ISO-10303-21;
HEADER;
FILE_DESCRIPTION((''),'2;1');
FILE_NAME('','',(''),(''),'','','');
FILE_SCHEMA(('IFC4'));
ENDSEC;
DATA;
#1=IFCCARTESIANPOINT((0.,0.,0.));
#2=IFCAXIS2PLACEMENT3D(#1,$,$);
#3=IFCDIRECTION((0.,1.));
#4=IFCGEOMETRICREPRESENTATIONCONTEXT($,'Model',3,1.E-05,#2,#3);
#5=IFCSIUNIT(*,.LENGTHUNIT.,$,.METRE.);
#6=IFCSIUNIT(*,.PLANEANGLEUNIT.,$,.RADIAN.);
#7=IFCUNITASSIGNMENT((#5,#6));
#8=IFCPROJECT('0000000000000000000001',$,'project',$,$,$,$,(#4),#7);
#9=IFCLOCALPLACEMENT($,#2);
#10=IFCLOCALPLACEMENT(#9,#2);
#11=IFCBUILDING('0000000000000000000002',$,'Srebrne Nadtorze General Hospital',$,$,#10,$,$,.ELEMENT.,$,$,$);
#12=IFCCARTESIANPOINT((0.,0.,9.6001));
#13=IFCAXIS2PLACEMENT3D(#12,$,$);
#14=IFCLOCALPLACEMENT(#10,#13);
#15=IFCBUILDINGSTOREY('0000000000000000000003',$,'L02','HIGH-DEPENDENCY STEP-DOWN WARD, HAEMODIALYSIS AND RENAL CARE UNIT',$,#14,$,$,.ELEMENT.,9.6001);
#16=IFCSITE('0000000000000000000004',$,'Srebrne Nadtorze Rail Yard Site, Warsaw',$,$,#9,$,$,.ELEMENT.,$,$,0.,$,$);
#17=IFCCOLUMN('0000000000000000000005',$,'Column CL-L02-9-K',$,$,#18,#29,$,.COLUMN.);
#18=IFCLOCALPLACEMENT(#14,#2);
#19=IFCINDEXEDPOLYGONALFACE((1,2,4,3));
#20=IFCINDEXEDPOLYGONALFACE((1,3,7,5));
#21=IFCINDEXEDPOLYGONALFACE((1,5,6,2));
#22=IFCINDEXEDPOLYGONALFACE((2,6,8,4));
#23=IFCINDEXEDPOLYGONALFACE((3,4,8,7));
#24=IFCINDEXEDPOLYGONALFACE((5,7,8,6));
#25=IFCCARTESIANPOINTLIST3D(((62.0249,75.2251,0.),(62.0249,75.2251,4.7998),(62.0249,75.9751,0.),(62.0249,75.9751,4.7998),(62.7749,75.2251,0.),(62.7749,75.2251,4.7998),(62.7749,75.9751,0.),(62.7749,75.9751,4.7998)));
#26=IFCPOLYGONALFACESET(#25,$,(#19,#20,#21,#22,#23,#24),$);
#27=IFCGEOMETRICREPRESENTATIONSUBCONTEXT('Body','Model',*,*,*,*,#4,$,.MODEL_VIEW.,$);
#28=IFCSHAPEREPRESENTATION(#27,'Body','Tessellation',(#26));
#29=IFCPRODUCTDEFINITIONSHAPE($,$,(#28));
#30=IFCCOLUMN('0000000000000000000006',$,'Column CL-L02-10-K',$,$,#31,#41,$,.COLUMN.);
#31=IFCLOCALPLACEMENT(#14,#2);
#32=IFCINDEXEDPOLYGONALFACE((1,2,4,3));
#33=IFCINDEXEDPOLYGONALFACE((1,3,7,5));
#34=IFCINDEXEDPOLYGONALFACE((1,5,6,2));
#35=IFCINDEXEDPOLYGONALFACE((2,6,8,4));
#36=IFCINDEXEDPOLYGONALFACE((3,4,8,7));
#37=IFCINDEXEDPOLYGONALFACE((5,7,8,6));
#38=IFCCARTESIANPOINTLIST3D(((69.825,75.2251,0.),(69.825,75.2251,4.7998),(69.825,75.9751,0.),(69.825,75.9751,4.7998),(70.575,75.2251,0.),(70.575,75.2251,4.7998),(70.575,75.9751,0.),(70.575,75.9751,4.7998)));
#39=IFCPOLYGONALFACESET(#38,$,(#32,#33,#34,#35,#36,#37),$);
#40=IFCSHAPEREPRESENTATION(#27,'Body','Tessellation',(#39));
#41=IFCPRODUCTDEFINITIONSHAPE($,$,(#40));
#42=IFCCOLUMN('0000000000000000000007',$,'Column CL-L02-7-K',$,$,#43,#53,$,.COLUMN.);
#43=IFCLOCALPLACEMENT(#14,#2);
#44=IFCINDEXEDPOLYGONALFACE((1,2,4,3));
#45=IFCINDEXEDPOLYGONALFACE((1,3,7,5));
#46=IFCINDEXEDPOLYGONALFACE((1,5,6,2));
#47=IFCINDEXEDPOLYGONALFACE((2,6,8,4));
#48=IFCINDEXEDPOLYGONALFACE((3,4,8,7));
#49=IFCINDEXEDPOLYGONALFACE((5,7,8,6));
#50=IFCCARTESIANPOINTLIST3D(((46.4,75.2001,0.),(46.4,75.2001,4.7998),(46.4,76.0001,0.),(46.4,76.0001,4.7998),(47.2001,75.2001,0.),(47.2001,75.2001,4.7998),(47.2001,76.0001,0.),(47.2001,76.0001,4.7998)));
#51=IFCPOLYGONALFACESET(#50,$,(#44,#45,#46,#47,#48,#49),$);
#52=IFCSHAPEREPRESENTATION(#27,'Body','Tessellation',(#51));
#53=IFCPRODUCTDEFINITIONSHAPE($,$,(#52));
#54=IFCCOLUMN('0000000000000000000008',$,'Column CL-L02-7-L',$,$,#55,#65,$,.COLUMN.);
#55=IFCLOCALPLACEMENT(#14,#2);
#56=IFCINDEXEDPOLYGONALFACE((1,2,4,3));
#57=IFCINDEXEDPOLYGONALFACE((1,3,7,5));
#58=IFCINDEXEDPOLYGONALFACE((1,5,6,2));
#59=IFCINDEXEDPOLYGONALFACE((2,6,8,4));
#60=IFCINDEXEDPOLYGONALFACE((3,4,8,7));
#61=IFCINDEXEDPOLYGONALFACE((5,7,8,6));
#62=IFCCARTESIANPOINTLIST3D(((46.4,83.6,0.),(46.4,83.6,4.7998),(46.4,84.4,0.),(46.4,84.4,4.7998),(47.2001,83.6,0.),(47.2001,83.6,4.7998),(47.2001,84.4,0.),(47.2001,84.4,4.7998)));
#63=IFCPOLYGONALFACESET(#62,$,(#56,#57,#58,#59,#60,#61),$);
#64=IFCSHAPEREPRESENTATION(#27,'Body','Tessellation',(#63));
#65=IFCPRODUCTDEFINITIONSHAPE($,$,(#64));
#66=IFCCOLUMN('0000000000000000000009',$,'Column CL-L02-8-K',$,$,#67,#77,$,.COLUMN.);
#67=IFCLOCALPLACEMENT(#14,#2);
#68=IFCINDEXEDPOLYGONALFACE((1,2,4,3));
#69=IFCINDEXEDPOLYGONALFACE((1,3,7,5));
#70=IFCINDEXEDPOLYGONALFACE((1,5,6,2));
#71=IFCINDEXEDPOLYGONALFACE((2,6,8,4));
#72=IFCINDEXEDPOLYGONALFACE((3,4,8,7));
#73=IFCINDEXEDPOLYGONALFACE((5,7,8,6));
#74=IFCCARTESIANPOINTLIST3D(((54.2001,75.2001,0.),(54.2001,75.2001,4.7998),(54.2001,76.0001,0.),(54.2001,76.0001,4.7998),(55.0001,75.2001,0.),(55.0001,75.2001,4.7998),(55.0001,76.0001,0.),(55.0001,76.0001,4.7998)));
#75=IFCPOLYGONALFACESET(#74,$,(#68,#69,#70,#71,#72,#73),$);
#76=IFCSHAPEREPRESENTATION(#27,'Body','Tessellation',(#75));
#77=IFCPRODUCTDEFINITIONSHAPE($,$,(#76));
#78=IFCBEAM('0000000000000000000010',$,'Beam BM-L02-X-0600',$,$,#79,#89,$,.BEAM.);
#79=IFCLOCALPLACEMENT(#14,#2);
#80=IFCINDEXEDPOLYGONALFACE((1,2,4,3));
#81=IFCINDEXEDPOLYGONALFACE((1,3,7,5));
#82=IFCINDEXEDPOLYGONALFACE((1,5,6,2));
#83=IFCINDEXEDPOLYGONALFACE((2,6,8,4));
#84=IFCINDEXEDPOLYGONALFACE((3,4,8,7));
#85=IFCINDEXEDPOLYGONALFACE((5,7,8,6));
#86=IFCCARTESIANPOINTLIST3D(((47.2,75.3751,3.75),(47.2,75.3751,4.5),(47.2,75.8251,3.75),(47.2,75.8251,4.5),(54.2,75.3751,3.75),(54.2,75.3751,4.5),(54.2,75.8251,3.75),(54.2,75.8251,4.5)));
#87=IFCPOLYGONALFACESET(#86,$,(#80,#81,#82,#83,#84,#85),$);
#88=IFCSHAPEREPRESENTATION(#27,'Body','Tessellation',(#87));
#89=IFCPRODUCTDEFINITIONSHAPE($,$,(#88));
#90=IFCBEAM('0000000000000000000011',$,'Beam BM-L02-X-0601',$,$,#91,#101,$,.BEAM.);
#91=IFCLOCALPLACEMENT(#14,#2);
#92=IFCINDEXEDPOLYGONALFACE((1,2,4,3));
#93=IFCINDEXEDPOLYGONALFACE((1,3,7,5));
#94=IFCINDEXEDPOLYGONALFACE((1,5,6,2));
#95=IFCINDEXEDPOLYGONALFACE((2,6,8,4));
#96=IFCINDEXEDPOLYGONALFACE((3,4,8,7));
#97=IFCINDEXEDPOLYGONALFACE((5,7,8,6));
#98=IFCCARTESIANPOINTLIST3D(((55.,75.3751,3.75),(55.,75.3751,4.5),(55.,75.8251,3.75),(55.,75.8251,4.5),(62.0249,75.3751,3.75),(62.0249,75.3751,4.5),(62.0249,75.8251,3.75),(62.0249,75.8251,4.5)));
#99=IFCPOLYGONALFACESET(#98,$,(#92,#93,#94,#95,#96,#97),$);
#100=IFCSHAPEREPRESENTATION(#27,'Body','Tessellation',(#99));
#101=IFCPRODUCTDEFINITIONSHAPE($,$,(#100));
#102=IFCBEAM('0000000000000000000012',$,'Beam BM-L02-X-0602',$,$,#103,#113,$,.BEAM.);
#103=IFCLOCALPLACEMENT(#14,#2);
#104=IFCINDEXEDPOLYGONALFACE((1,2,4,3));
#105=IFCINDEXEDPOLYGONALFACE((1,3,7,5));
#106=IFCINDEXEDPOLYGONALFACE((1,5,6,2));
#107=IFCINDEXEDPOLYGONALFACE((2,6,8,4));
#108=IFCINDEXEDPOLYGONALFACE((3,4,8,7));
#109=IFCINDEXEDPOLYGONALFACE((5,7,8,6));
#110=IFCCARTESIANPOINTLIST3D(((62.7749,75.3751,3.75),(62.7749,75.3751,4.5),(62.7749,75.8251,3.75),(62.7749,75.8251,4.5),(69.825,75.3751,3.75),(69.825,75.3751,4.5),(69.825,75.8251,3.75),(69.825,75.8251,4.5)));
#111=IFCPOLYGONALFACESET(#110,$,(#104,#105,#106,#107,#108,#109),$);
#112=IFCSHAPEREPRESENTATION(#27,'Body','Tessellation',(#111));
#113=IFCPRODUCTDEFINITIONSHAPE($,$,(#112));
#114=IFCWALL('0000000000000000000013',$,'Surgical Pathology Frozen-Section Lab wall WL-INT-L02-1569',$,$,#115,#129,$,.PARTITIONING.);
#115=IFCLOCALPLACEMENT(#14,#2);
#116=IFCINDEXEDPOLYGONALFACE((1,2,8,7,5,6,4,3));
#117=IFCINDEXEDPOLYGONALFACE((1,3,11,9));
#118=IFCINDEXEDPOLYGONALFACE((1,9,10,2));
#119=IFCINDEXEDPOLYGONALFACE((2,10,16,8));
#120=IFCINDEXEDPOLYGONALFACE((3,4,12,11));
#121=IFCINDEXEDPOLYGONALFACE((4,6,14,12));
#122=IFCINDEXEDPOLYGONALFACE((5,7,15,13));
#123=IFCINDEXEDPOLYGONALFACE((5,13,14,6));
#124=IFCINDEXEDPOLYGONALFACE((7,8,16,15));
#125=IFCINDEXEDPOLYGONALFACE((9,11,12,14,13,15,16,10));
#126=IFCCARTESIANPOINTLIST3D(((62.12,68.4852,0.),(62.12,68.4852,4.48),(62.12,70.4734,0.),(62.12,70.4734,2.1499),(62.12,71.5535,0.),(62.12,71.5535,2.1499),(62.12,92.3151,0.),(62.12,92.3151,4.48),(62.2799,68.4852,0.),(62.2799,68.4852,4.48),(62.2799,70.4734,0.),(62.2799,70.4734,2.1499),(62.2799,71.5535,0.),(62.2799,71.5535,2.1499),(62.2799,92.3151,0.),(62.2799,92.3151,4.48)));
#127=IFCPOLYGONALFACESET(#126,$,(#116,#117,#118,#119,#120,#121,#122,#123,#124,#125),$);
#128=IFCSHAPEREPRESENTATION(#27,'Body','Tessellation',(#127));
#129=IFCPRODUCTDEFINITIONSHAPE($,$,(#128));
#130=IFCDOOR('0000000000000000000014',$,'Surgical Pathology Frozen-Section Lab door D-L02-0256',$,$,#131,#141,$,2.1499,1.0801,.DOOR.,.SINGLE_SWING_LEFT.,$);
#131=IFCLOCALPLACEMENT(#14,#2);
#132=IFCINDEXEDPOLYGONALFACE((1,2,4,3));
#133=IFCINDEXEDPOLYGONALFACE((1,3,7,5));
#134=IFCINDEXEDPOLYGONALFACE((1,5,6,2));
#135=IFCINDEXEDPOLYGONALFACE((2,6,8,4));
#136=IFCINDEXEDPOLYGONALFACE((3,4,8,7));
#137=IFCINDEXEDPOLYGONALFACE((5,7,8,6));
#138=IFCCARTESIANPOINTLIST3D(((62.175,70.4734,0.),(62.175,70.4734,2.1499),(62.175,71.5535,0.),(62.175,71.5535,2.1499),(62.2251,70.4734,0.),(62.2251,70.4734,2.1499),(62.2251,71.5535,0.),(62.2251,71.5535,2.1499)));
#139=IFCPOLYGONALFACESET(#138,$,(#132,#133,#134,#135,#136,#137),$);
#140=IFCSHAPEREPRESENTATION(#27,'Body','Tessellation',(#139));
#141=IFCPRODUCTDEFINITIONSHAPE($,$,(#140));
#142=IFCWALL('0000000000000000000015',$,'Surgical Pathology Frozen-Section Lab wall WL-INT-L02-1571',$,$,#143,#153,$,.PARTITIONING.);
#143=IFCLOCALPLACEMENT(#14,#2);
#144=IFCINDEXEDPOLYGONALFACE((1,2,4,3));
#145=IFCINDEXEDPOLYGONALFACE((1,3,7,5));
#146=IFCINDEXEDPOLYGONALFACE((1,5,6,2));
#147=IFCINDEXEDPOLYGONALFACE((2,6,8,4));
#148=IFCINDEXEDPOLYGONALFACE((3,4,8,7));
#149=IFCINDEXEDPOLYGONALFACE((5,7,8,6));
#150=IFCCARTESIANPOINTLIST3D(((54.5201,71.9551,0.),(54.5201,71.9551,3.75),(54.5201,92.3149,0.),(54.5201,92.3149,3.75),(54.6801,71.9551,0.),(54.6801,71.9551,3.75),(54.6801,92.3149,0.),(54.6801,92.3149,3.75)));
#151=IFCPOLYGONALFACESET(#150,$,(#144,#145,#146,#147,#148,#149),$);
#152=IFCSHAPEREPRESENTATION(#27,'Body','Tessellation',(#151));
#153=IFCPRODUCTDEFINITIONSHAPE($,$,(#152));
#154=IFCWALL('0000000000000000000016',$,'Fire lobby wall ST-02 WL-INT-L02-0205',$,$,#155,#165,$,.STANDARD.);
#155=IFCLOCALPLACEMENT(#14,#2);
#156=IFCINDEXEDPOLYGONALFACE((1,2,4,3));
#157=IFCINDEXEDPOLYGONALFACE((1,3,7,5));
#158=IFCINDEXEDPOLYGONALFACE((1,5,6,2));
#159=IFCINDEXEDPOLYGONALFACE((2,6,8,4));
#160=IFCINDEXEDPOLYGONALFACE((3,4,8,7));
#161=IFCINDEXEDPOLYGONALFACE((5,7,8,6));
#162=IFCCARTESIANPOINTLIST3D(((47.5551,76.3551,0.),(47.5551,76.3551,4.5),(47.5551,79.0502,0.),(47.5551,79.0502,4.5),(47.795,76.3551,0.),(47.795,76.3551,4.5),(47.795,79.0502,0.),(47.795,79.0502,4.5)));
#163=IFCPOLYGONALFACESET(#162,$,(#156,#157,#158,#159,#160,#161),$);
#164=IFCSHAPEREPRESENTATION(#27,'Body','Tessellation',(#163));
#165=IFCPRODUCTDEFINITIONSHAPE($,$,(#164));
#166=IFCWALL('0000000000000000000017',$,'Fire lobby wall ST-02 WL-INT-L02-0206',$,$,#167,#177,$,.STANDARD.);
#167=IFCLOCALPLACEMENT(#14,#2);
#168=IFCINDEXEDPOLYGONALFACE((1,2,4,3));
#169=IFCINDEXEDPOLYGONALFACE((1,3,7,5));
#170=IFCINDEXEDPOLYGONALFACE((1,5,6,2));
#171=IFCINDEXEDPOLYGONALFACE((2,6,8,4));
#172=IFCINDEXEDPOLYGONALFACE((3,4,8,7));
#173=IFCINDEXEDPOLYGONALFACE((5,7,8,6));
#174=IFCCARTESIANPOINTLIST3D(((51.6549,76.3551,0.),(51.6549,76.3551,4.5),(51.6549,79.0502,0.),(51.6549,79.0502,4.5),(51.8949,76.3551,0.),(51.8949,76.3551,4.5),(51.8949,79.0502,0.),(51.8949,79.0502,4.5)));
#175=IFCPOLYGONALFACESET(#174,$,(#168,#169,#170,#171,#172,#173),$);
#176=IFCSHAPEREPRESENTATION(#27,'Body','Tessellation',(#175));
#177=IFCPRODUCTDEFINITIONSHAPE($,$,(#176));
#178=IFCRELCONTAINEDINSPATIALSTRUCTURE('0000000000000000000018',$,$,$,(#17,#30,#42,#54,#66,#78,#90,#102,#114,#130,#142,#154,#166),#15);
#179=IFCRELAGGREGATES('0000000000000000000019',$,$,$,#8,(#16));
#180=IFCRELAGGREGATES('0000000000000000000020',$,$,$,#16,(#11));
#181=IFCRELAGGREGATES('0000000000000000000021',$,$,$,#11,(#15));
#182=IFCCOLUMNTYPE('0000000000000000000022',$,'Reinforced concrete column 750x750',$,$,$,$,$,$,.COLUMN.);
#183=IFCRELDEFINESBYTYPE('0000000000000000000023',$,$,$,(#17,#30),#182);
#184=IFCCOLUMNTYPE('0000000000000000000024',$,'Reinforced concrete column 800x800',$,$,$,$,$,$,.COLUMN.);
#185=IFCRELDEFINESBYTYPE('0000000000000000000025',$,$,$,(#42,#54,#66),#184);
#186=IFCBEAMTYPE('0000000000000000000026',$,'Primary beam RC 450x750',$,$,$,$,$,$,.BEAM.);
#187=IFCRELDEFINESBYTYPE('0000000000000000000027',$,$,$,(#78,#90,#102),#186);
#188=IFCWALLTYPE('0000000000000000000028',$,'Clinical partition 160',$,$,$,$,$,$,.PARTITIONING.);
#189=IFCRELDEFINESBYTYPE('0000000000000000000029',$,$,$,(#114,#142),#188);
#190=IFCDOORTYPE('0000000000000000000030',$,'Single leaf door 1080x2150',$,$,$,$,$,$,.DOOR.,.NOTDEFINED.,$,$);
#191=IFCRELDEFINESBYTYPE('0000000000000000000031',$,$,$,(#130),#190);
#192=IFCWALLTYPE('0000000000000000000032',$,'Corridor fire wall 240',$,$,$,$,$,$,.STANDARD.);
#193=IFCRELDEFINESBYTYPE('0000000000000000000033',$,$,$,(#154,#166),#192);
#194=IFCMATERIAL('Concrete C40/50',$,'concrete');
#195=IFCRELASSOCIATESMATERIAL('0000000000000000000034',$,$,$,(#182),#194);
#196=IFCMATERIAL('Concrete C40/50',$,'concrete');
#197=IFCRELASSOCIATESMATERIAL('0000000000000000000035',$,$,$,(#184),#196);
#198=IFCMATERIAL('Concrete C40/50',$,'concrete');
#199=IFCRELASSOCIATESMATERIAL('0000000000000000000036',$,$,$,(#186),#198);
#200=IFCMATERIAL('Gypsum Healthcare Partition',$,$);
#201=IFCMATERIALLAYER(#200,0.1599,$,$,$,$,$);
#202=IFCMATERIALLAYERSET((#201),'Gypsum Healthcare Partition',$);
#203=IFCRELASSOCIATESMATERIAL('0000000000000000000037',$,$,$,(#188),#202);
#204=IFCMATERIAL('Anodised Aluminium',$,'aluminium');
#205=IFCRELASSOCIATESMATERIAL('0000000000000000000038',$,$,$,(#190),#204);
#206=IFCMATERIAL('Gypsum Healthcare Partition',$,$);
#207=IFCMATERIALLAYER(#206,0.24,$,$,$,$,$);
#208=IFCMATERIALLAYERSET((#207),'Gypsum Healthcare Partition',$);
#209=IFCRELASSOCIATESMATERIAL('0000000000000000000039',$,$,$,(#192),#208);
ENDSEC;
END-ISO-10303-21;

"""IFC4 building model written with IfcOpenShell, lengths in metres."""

from ifc_helpers import new_model, si_unit, direction, frame, frame_2d, origin, origin_2d, place, context, subcontext, project, spatial, rectangle, extrude, material, layer, layer_set, material_profile, profile_set, type_object, element, fill, save


model = new_model("IFC4")

# Units and contexts
model_context = context("Model", 3, precision=1e-05, world=origin(), true_north=direction((0.0, 1.0)))
body_context = subcontext(model_context, "Body", "Model", "MODEL_VIEW")
ifc_project = project(units=[si_unit("LENGTHUNIT", "METRE"), si_unit("PLANEANGLEUNIT", "RADIAN")], contexts=[model_context])

# Site, building, storey
site_placement = place(None, origin())
site = spatial("IfcSite", under=ifc_project, at=site_placement, Name="Srebrne Nadtorze Rail Yard Site, Warsaw", CompositionType="ELEMENT", RefElevation=0.0)
building_placement = place(site_placement, origin())
building = spatial("IfcBuilding", under=site, at=building_placement, Name="Srebrne Nadtorze General Hospital", CompositionType="ELEMENT")
storey_placement = place(building_placement, frame((0.0, 0.0, 9.6001)))
storey = spatial("IfcBuildingStorey", under=building, at=storey_placement, Name="L02", Description="HIGH-DEPENDENCY STEP-DOWN WARD, HAEMODIALYSIS AND RENAL CARE UNIT", CompositionType="ELEMENT", Elevation=9.6001)

# Columns
ifc_material_1 = material(Name="Concrete C40/50", Category="concrete")
ifc_material_profile_1 = material_profile(ifc_material_1, rectangle(XDim=0.75, YDim=0.75, at=origin_2d()), Name="RC-COL-750x750")
ifc_profile_set_1 = profile_set([ifc_material_profile_1], Name="Concrete C40/50")
column_type_1 = type_object("IfcColumnType", Name="Reinforced concrete column 750x750", PredefinedType="COLUMN", material=ifc_profile_set_1)
for number, where, z_axis, x_axis, name in (
    (1, (62.3999, 75.6001, 0.0), (0.0, 0.0, 1.0), (1.0, 0.0, 0.0), "Column CL-L02-9-K"),
    (2, (70.2, 75.6001, 0.0), (0.0, 0.0, 1.0), (1.0, 0.0, 0.0), "Column CL-L02-10-K"),
):
    element("IfcColumn", number, at=place(storey_placement, frame(where, z_axis=z_axis, x_axis=x_axis)), inside=storey, type_object=column_type_1, Name=name, PredefinedType="COLUMN", context=body_context, shape_type="SweptSolid", body=[
        extrude(rectangle(XDim=0.75, YDim=0.75, at=origin_2d()), origin(), (0.0, 0.0, 1.0), 4.7998),
    ])
ifc_material_2 = material(Name="Concrete C40/50", Category="concrete")
ifc_material_profile_2 = material_profile(ifc_material_2, rectangle(XDim=0.8, YDim=0.8, at=origin_2d()), Name="RC-COL-800x800")
ifc_profile_set_2 = profile_set([ifc_material_profile_2], Name="Concrete C40/50")
column_type_2 = type_object("IfcColumnType", Name="Reinforced concrete column 800x800", PredefinedType="COLUMN", material=ifc_profile_set_2)
for number, where, z_axis, x_axis, name in (
    (3, (46.8, 75.6001, 0.0), (0.0, 0.0, 1.0), (1.0, 0.0, 0.0), "Column CL-L02-7-K"),
    (4, (46.8, 84.0, 0.0), (0.0, 0.0, 1.0), (1.0, 0.0, 0.0), "Column CL-L02-7-L"),
    (5, (54.6001, 75.6001, 0.0), (0.0, 0.0, 1.0), (1.0, 0.0, 0.0), "Column CL-L02-8-K"),
):
    element("IfcColumn", number, at=place(storey_placement, frame(where, z_axis=z_axis, x_axis=x_axis)), inside=storey, type_object=column_type_2, Name=name, PredefinedType="COLUMN", context=body_context, shape_type="SweptSolid", body=[
        extrude(rectangle(XDim=0.8, YDim=0.8, at=origin_2d()), origin(), (0.0, 0.0, 1.0), 4.7998),
    ])

# Beams
ifc_material_3 = material(Name="Concrete C40/50", Category="concrete")
ifc_material_profile_3 = material_profile(ifc_material_3, rectangle(XDim=0.45, YDim=0.75, at=origin_2d()), Name="RC-BM-450x750")
ifc_profile_set_3 = profile_set([ifc_material_profile_3], Name="Concrete C40/50")
beam_type = type_object("IfcBeamType", Name="Primary beam RC 450x750", PredefinedType="BEAM", material=ifc_profile_set_3)
beam_1_placement = place(storey_placement, frame((47.2, 75.6001, 4.125), z_axis=(1.0, 0.0, 0.0), x_axis=(0.0, 1.0, 0.0)))
element("IfcBeam", 6, at=beam_1_placement, inside=storey, type_object=beam_type, Name="Beam BM-L02-X-0600", PredefinedType="BEAM", context=body_context, shape_type="SweptSolid", body=[
    extrude(rectangle(XDim=0.45, YDim=0.75, at=origin_2d()), origin(), (0.0, 0.0, 1.0), 7.0),
])
beam_2_placement = place(storey_placement, frame((55.0, 75.6001, 4.125), z_axis=(1.0, 0.0, 0.0), x_axis=(0.0, 1.0, 0.0)))
element("IfcBeam", 7, at=beam_2_placement, inside=storey, type_object=beam_type, Name="Beam BM-L02-X-0601", PredefinedType="BEAM", context=body_context, shape_type="SweptSolid", body=[
    extrude(rectangle(XDim=0.45, YDim=0.75, at=origin_2d()), origin(), (0.0, 0.0, 1.0), 7.0249),
])
beam_3_placement = place(storey_placement, frame((62.7749, 75.6001, 4.125), z_axis=(1.0, 0.0, 0.0), x_axis=(0.0, 1.0, 0.0)))
element("IfcBeam", 8, at=beam_3_placement, inside=storey, type_object=beam_type, Name="Beam BM-L02-X-0602", PredefinedType="BEAM", context=body_context, shape_type="SweptSolid", body=[
    extrude(rectangle(XDim=0.45, YDim=0.75, at=origin_2d()), origin(), (0.0, 0.0, 1.0), 7.05),
])

# Wall, opening, door
ifc_material_4 = material(Name="Gypsum Healthcare Partition")
ifc_layer_1 = layer(ifc_material_4, 0.1599)
ifc_layer_set_1 = layer_set([ifc_layer_1], Name="Gypsum Healthcare Partition")
wall_type_1 = type_object("IfcWallType", Name="Clinical partition 160", PredefinedType="PARTITIONING", material=ifc_layer_set_1)
wall_1_placement = place(storey_placement, frame((62.2, 68.4851, 0.0), z_axis=(0.0, 0.0, 1.0), x_axis=(0.0, 1.0, 0.0)))
wall_1 = element("IfcWall", 9, at=wall_1_placement, inside=storey, type_object=wall_type_1, Name="Surgical Pathology Frozen-Section Lab wall WL-INT-L02-1569", PredefinedType="PARTITIONING", context=body_context, shape_type="SweptSolid", body=[
    extrude(rectangle(XDim=23.8298, YDim=0.1599, at=frame_2d((11.915, 0.0))), origin(), (0.0, 0.0, 1.0), 4.48),
])
opening_1_placement = place(wall_1_placement, frame((1.9883, 0.0, 0.0)))
opening_1 = element("IfcOpeningElement", 10, at=opening_1_placement, cuts=wall_1, PredefinedType="OPENING", context=body_context, shape_type="SweptSolid", body=[
    extrude(rectangle(XDim=1.0801, YDim=2.1499, at=frame_2d((0.54, 1.075))), frame((0.0, 0.0918, 0.0), z_axis=(0.0, -1.0, 0.0), x_axis=(1.0, 0.0, 0.0)), (0.0, 0.0, 1.0), 0.1838),
])
ifc_material_5 = material(Name="Anodised Aluminium", Category="aluminium")
door_type_1 = type_object("IfcDoorType", Name="Single leaf door 1080x2150", OperationType="NOTDEFINED", PredefinedType="DOOR", material=ifc_material_5)
door_1_placement = place(opening_1_placement, origin())
door_1 = element("IfcDoor", 11, at=door_1_placement, inside=storey, type_object=door_type_1, Name="Surgical Pathology Frozen-Section Lab door D-L02-0256", OperationType="SINGLE_SWING_LEFT", OverallHeight=2.1499, OverallWidth=1.0801, PredefinedType="DOOR", context=body_context, shape_type="SweptSolid", body=[
    extrude(rectangle(XDim=1.0801, YDim=2.1499, at=frame_2d((0.54, 1.075))), frame((0.0, 0.0249, 0.0), z_axis=(0.0, -1.0, 0.0), x_axis=(1.0, 0.0, 0.0)), (0.0, 0.0, 1.0), 0.05),
])
fill(opening_1, door_1)

# Walls
wall_2_placement = place(storey_placement, frame((54.6001, 71.9551, 0.0), z_axis=(0.0, 0.0, 1.0), x_axis=(0.0, 1.0, 0.0)))
element("IfcWall", 12, at=wall_2_placement, inside=storey, type_object=wall_type_1, Name="Surgical Pathology Frozen-Section Lab wall WL-INT-L02-1571", PredefinedType="PARTITIONING", context=body_context, shape_type="SweptSolid", body=[
    extrude(rectangle(XDim=20.3599, YDim=0.1599, at=frame_2d((10.1799, 0.0))), origin(), (0.0, 0.0, 1.0), 3.75),
])
ifc_material_6 = material(Name="Gypsum Healthcare Partition")
ifc_layer_2 = layer(ifc_material_6, 0.24)
ifc_layer_set_2 = layer_set([ifc_layer_2], Name="Gypsum Healthcare Partition")
wall_type_2 = type_object("IfcWallType", Name="Corridor fire wall 240", PredefinedType="STANDARD", material=ifc_layer_set_2)
for number, where, z_axis, x_axis, name in (
    (13, (47.675, 76.355, 0.0), (0.0, 0.0, 1.0), (0.0, 1.0, 0.0), "Fire lobby wall ST-02 WL-INT-L02-0205"),
    (14, (51.7749, 76.355, 0.0), (0.0, 0.0, 1.0), (0.0, 1.0, 0.0), "Fire lobby wall ST-02 WL-INT-L02-0206"),
):
    element("IfcWall", number, at=place(storey_placement, frame(where, z_axis=z_axis, x_axis=x_axis)), inside=storey, type_object=wall_type_2, Name=name, PredefinedType="STANDARD", context=body_context, shape_type="SweptSolid", body=[
        extrude(rectangle(XDim=2.6951, YDim=0.24, at=frame_2d((1.3477, 0.0))), origin(), (0.0, 0.0, 1.0), 4.5),
    ])

save(model, "model.ifc")
